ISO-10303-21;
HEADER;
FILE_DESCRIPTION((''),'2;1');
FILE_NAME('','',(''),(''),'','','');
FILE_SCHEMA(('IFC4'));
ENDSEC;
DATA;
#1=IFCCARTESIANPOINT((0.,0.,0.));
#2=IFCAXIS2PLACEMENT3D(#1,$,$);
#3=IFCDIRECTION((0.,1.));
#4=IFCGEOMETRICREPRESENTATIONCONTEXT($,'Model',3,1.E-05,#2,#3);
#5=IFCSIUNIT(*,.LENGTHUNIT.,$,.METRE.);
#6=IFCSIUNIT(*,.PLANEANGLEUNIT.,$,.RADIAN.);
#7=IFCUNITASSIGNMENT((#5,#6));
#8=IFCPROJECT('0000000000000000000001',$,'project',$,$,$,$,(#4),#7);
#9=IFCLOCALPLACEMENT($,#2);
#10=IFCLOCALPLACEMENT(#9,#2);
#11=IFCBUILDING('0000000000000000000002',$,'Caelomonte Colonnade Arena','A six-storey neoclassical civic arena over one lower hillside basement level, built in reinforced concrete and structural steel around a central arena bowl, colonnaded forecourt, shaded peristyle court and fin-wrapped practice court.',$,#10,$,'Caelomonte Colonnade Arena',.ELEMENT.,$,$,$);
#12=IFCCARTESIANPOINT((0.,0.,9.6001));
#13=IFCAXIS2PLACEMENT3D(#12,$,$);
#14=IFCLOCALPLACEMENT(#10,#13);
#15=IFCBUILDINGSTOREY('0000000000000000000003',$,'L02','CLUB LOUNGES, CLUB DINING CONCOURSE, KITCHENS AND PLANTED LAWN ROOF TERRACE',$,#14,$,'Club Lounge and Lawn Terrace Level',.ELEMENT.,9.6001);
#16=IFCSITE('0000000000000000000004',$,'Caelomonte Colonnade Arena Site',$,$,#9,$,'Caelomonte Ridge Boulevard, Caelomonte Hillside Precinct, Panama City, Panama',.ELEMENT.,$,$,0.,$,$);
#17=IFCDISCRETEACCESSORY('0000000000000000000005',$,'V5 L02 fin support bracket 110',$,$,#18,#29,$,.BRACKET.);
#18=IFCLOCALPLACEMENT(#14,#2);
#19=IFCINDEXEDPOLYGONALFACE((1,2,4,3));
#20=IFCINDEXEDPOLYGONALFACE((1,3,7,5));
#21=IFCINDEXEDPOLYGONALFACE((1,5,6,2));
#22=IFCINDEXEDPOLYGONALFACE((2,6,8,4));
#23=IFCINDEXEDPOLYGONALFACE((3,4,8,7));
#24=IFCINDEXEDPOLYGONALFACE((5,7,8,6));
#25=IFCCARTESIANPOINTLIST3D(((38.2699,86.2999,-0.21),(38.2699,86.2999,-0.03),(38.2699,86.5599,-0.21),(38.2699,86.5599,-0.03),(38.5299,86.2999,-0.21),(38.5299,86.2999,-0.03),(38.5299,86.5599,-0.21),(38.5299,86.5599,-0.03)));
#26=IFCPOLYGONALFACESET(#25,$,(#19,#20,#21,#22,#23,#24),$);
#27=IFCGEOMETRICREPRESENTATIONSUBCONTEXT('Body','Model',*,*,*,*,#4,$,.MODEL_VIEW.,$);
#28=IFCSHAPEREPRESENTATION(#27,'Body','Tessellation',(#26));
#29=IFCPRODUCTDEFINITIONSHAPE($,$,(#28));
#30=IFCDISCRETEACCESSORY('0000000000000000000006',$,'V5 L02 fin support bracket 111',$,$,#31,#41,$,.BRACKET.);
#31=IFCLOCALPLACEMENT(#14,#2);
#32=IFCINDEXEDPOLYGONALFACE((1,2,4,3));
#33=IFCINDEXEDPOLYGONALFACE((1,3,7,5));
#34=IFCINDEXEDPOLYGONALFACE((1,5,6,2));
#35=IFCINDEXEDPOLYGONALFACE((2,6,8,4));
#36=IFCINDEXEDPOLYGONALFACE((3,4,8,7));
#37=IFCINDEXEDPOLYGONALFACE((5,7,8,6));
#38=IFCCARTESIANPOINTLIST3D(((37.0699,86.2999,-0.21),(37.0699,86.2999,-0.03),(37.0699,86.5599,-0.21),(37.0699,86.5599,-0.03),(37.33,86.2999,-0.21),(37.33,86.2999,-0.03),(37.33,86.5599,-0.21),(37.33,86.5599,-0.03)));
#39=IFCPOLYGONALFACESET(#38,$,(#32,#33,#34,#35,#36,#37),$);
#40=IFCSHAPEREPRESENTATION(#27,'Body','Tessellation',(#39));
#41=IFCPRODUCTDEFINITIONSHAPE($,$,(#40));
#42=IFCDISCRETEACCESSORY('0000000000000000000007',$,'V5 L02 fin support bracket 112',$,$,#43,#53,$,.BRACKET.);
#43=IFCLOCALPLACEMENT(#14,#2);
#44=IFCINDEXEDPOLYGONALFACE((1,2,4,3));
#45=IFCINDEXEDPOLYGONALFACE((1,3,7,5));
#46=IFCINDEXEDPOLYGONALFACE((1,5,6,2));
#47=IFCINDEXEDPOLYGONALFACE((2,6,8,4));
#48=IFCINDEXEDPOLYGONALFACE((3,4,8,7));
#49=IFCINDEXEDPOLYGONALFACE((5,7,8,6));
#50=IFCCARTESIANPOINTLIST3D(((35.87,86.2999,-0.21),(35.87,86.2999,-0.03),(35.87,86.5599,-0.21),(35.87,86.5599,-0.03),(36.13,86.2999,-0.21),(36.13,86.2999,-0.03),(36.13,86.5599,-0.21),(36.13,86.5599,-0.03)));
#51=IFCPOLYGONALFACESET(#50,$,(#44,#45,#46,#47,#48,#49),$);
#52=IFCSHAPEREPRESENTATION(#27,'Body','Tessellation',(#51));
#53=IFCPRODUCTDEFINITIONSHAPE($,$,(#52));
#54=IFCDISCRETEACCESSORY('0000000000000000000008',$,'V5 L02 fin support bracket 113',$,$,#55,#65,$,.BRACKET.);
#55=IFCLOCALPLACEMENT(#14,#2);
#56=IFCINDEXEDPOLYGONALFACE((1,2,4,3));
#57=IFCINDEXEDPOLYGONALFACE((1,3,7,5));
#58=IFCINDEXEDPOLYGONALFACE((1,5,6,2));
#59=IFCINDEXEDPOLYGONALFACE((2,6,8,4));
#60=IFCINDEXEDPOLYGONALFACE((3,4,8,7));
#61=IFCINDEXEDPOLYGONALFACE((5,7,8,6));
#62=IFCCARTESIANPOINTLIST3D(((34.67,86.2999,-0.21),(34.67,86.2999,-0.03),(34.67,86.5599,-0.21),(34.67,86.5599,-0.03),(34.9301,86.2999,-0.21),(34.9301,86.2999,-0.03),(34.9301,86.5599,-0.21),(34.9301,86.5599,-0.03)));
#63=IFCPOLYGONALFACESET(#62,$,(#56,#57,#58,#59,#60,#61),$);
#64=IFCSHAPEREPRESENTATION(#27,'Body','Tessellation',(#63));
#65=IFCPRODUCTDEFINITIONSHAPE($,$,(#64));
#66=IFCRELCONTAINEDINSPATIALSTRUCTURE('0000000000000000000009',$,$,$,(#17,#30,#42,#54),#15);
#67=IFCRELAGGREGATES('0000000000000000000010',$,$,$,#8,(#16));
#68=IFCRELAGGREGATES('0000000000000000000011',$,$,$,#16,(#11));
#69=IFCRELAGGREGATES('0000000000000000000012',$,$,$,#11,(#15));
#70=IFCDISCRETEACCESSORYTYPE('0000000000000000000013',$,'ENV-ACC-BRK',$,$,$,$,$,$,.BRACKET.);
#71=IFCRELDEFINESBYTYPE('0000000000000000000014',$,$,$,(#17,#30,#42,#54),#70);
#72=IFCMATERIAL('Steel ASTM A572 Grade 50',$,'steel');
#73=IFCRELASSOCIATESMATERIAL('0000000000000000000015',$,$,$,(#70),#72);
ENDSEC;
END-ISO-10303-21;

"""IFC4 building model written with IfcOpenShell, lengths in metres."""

from ifc_helpers import new_model, si_unit, direction, frame, origin, origin_2d, place, context, subcontext, project, spatial, rectangle, extrude, material, type_object, element, save


model = new_model("IFC4")

# Units and contexts
model_context = context("Model", 3, precision=1e-05, world=origin(), true_north=direction((0.0, 1.0)))
body_context = subcontext(model_context, "Body", "Model", "MODEL_VIEW")
ifc_project = project(units=[si_unit("LENGTHUNIT", "METRE"), si_unit("PLANEANGLEUNIT", "RADIAN")], contexts=[model_context])

# Site, building, storey
site_placement = place(None, origin())
site = spatial("IfcSite", under=ifc_project, at=site_placement, Name="Caelomonte Colonnade Arena Site", LongName="Caelomonte Ridge Boulevard, Caelomonte Hillside Precinct, Panama City, Panama", CompositionType="ELEMENT", RefElevation=0.0)
building_placement = place(site_placement, origin())
building = spatial("IfcBuilding", under=site, at=building_placement, Name="Caelomonte Colonnade Arena", Description="A six-storey neoclassical civic arena over one lower hillside basement level, built in reinforced concrete and structural steel around a central arena bowl, colonnaded forecourt, shaded peristyle court and fin-wrapped practice court.", LongName="Caelomonte Colonnade Arena", CompositionType="ELEMENT")
storey_placement = place(building_placement, frame((0.0, 0.0, 9.6001)))
storey = spatial("IfcBuildingStorey", under=building, at=storey_placement, Name="L02", Description="CLUB LOUNGES, CLUB DINING CONCOURSE, KITCHENS AND PLANTED LAWN ROOF TERRACE", LongName="Club Lounge and Lawn Terrace Level", CompositionType="ELEMENT", Elevation=9.6001)

# Discrete accessories
ifc_material_1 = material(Name="Steel ASTM A572 Grade 50", Category="steel")
discrete_accessory_type = type_object("IfcDiscreteAccessoryType", Name="ENV-ACC-BRK", PredefinedType="BRACKET", material=ifc_material_1)
for number, where, z_axis, x_axis, name in (
    (1, (38.3999, 86.4299, -0.21), (0.0, 0.0, 1.0), (-1.0, 0.0, 0.0), "V5 L02 fin support bracket 110"),
    (2, (37.2, 86.4299, -0.21), (0.0, 0.0, 1.0), (-1.0, 0.0, 0.0), "V5 L02 fin support bracket 111"),
    (3, (36.0, 86.4299, -0.21), (0.0, 0.0, 1.0), (-1.0, 0.0, 0.0), "V5 L02 fin support bracket 112"),
    (4, (34.8, 86.4299, -0.21), (0.0, 0.0, 1.0), (-1.0, 0.0, 0.0), "V5 L02 fin support bracket 113"),
):
    element("IfcDiscreteAccessory", number, at=place(storey_placement, frame(where, z_axis=z_axis, x_axis=x_axis)), inside=storey, type_object=discrete_accessory_type, Name=name, PredefinedType="BRACKET", context=body_context, shape_type="SweptSolid", body=[
        extrude(rectangle(XDim=0.26, YDim=0.26, at=origin_2d()), origin(), (0.0, 0.0, 1.0), 0.1799),
    ])

save(model, "model.ifc")
